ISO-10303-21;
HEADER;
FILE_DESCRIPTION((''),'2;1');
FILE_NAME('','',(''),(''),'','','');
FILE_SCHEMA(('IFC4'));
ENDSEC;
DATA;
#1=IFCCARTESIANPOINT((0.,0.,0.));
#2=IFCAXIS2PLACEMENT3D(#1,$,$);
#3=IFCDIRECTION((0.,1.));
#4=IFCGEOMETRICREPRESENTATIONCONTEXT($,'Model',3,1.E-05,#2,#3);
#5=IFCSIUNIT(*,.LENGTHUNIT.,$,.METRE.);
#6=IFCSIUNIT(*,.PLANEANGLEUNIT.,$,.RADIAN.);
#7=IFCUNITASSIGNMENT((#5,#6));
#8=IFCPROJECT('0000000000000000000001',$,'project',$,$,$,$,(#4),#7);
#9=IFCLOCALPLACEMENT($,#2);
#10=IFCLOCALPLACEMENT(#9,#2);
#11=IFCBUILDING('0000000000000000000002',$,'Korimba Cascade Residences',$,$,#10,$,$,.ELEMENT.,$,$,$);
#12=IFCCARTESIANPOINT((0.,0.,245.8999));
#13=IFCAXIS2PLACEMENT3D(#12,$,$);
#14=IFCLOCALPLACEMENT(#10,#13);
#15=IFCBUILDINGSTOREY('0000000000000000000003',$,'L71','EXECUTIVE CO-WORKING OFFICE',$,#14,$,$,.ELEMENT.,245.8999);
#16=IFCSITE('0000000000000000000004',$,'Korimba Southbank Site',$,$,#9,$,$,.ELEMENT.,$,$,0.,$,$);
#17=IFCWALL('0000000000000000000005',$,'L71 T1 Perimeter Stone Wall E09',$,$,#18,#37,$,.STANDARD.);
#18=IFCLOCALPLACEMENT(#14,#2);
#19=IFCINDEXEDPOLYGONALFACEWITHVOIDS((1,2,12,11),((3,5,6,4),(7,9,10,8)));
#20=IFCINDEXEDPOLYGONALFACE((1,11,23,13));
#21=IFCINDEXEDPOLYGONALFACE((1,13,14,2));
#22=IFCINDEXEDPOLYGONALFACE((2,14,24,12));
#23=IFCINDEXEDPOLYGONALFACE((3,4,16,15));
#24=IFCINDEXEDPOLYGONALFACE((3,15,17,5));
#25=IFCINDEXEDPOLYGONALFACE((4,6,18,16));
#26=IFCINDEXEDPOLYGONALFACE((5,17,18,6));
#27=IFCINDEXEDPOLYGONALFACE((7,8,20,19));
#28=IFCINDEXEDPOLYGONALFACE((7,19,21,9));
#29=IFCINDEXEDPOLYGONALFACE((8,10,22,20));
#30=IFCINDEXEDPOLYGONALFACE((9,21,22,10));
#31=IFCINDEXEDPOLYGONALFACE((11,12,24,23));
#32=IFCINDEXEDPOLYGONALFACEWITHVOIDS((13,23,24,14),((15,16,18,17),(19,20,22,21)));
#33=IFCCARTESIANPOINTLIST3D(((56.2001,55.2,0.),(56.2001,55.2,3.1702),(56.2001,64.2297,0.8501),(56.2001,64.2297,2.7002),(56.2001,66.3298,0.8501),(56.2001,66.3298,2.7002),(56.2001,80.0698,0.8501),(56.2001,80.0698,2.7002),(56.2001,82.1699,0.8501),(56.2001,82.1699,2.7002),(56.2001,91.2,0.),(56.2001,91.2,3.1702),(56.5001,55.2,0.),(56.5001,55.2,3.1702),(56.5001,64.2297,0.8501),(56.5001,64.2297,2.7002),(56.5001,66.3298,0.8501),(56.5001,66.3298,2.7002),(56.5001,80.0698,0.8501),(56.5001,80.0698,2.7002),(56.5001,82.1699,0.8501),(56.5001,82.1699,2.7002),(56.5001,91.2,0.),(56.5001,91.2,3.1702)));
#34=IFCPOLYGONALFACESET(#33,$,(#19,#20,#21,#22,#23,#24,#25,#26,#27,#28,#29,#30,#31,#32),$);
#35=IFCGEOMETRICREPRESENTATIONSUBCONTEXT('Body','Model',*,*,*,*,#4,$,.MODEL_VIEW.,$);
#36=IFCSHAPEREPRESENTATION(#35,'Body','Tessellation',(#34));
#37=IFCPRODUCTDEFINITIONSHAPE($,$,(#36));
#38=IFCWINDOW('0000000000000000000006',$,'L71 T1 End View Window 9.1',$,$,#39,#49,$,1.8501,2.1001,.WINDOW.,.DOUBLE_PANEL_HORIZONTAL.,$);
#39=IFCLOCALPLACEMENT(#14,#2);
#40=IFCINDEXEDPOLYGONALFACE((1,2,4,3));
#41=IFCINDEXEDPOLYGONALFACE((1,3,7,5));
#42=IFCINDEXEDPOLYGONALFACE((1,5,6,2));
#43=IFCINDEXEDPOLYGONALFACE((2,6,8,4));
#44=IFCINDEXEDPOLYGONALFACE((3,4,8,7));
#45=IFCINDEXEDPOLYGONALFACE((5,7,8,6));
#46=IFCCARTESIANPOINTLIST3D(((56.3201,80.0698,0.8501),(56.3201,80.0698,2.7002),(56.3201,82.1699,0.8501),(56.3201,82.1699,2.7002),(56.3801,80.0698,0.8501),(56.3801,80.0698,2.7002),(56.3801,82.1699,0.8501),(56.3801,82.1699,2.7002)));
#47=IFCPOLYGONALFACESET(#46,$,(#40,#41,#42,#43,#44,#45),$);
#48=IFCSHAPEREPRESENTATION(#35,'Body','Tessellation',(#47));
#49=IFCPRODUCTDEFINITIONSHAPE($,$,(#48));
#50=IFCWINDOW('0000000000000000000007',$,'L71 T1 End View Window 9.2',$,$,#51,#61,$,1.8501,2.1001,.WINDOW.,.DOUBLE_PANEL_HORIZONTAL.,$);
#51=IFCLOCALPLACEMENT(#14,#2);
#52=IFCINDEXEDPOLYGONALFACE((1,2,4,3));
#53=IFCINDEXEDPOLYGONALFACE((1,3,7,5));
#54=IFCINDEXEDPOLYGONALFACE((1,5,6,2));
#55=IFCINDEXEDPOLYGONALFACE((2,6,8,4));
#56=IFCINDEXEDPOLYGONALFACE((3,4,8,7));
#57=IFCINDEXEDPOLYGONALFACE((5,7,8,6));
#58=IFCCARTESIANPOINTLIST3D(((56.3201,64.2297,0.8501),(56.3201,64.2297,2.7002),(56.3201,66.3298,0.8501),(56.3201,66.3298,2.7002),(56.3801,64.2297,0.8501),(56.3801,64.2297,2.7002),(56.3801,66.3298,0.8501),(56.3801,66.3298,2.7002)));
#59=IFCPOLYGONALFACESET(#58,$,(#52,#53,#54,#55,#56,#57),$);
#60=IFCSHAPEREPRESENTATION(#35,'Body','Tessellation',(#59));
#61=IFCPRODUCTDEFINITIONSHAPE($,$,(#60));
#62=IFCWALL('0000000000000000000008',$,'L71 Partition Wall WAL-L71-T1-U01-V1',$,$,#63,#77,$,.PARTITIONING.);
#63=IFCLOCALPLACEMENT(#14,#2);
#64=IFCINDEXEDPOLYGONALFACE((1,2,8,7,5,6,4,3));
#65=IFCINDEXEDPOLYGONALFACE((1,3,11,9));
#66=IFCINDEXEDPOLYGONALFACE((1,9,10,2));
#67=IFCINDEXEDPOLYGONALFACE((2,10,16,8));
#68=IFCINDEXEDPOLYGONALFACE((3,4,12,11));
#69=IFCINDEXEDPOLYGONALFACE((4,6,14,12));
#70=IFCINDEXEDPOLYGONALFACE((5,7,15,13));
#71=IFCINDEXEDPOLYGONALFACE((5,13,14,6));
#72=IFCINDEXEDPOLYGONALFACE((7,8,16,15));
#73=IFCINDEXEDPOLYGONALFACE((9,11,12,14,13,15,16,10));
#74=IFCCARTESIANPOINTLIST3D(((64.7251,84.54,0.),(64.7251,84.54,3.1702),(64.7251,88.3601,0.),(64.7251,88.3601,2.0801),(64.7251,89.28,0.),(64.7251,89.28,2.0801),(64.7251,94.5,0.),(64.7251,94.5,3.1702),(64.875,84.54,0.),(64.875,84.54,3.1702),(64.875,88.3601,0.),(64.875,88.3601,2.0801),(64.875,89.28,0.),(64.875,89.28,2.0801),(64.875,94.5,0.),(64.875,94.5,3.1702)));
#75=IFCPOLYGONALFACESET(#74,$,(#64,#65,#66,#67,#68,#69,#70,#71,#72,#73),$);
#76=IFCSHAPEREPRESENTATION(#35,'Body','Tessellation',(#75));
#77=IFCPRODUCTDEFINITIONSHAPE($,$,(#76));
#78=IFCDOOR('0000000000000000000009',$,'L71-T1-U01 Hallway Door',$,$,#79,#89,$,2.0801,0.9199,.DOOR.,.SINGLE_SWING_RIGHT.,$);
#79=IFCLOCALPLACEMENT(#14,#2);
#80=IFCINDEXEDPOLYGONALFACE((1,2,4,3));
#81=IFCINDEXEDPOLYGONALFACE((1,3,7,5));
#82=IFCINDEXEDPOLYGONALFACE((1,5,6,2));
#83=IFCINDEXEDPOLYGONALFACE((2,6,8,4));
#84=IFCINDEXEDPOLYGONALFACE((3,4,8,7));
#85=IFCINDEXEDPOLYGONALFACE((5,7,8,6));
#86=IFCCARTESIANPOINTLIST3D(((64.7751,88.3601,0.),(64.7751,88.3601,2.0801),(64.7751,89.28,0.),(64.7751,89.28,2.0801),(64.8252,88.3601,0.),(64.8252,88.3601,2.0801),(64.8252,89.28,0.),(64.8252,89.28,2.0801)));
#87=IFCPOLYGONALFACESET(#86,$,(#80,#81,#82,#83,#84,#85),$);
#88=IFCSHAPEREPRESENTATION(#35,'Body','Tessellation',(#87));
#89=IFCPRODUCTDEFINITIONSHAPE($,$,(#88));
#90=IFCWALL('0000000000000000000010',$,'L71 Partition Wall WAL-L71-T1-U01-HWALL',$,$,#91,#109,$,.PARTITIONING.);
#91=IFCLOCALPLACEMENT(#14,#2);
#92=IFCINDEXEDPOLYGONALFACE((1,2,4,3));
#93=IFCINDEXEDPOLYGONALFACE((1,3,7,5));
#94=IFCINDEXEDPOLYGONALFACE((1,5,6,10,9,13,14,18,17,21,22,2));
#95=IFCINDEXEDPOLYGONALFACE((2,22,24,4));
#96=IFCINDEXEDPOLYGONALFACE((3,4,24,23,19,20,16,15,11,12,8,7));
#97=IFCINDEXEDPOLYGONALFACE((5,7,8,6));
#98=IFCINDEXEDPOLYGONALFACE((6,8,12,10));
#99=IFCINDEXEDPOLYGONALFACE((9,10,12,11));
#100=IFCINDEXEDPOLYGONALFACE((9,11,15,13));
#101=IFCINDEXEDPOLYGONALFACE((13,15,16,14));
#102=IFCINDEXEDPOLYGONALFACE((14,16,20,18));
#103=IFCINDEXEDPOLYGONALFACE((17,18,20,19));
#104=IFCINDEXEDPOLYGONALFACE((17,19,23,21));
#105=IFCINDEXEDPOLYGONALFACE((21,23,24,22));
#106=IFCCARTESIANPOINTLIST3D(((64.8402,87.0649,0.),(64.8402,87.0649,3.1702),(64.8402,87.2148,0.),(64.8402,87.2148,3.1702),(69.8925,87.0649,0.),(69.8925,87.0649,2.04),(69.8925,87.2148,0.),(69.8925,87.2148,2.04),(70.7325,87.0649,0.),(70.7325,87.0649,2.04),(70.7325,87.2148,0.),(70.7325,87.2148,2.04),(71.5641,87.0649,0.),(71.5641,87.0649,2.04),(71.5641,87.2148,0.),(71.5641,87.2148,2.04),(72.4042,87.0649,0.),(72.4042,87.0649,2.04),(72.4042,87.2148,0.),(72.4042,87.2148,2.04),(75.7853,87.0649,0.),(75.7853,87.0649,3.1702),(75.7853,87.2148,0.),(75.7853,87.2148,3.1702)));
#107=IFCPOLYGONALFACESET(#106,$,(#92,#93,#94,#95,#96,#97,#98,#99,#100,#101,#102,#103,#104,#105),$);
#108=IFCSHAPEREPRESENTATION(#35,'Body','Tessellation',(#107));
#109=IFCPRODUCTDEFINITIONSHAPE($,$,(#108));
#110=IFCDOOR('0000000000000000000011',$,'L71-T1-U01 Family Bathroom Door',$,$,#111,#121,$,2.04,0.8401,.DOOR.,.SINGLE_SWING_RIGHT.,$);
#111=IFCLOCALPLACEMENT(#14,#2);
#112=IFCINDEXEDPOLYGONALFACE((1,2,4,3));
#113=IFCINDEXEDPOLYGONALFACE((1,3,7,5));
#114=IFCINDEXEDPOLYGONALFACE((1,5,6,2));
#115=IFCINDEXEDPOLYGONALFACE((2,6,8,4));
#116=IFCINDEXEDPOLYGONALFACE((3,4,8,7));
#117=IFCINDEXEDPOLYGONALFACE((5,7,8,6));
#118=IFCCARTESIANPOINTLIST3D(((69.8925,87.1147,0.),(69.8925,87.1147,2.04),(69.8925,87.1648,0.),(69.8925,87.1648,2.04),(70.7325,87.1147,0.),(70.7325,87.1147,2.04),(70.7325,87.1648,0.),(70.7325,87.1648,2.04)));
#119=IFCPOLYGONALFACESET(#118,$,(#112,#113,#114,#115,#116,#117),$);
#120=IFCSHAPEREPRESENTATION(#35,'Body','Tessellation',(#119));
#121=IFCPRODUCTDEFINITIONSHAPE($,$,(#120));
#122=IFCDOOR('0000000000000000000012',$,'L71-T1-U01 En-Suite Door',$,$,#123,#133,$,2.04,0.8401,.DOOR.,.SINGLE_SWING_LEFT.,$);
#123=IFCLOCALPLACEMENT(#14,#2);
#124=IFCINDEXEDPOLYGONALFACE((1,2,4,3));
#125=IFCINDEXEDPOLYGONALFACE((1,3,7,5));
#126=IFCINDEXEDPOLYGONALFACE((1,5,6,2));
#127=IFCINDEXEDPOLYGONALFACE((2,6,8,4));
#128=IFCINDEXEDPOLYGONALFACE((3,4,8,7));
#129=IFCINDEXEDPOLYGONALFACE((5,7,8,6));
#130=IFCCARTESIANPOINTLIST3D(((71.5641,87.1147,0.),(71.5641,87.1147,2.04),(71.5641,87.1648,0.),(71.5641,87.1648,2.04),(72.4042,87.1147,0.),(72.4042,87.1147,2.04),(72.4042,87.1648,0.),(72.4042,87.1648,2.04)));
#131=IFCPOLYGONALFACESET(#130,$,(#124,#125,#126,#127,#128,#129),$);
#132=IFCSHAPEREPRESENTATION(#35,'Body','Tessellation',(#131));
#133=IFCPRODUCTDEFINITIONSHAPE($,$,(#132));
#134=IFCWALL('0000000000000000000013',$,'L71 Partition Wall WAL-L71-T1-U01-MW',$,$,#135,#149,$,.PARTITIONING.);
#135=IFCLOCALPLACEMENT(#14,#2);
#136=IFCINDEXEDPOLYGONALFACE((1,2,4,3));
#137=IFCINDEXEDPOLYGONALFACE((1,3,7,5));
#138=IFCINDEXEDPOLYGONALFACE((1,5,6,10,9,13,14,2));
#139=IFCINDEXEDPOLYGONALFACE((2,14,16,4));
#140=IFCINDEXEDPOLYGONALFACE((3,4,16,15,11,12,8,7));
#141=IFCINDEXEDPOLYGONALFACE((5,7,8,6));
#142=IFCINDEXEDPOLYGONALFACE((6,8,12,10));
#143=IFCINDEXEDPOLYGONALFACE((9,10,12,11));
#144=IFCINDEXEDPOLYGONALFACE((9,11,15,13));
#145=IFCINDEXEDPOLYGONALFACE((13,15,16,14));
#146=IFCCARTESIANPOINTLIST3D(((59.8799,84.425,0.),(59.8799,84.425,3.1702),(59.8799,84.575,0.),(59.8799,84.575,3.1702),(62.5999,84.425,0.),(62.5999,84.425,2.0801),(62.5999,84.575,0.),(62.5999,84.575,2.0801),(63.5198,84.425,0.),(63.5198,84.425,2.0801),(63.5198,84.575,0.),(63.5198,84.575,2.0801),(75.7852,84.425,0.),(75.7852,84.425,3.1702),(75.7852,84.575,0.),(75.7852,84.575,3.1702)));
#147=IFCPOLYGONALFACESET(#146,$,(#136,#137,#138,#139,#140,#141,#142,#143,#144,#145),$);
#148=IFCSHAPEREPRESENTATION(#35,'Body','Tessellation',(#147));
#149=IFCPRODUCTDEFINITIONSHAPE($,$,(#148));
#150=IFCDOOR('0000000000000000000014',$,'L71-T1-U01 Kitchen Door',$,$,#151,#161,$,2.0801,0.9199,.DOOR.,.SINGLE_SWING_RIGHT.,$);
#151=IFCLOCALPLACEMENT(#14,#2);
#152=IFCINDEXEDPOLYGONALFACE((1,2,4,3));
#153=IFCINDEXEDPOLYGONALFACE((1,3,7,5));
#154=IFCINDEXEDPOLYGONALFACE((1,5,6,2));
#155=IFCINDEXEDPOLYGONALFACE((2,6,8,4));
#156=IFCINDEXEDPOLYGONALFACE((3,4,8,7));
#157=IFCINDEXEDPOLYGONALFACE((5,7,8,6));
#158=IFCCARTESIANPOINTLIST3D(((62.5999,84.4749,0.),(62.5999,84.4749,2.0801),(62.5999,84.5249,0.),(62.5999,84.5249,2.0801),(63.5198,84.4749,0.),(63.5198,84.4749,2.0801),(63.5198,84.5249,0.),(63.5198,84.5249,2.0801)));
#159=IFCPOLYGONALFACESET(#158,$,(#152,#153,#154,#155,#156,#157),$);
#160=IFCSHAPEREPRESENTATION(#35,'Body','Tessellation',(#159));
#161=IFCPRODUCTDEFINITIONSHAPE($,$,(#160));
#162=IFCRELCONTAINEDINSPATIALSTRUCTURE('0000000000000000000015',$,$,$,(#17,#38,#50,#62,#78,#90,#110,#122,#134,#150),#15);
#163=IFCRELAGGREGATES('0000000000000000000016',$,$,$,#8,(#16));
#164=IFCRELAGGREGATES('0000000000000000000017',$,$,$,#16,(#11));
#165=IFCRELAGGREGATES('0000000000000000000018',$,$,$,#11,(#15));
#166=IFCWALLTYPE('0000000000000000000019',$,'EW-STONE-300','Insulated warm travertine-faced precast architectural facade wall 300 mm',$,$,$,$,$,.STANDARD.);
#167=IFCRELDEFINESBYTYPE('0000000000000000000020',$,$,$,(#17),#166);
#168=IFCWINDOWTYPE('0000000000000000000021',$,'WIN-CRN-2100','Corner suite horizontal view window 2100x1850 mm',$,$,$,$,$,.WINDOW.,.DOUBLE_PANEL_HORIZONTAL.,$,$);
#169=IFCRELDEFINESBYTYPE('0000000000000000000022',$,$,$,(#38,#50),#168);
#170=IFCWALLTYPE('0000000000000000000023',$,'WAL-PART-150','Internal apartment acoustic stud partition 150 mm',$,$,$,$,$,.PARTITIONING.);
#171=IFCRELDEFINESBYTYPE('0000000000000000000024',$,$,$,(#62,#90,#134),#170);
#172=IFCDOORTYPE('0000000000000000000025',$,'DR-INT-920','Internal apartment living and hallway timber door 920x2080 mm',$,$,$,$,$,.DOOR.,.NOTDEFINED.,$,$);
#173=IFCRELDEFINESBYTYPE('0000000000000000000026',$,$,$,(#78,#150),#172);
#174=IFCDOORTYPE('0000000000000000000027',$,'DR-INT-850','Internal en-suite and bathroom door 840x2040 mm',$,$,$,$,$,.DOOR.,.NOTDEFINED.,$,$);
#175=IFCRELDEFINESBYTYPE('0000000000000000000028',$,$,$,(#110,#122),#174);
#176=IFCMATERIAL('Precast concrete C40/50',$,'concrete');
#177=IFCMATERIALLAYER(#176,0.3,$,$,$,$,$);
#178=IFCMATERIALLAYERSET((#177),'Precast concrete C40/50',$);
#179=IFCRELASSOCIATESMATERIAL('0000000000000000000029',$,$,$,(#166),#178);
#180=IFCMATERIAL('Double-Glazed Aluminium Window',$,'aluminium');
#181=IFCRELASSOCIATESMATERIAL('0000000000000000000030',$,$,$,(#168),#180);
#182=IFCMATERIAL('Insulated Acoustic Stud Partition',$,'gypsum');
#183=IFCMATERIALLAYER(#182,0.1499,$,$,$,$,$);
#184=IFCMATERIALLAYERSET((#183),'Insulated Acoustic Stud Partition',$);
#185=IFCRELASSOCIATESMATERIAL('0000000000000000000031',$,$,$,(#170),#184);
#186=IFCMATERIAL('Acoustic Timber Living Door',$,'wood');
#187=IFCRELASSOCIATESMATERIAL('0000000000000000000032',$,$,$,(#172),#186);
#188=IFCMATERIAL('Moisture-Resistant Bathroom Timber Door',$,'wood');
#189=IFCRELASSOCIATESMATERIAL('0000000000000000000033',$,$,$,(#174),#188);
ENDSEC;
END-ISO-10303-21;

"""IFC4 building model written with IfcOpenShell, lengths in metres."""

from ifc_helpers import new_model, si_unit, direction, frame, frame_2d, origin, place, context, subcontext, project, spatial, rectangle, extrude, material, layer, layer_set, type_object, element, fill, save


model = new_model("IFC4")

# Units and contexts
model_context = context("Model", 3, precision=1e-05, world=origin(), true_north=direction((0.0, 1.0)))
body_context = subcontext(model_context, "Body", "Model", "MODEL_VIEW")
ifc_project = project(units=[si_unit("LENGTHUNIT", "METRE"), si_unit("PLANEANGLEUNIT", "RADIAN")], contexts=[model_context])

# Site, building, storey
site_placement = place(None, origin())
site = spatial("IfcSite", under=ifc_project, at=site_placement, Name="Korimba Southbank Site", CompositionType="ELEMENT", RefElevation=0.0)
building_placement = place(site_placement, origin())
building = spatial("IfcBuilding", under=site, at=building_placement, Name="Korimba Cascade Residences", CompositionType="ELEMENT")
storey_placement = place(building_placement, frame((0.0, 0.0, 245.8999)))
storey = spatial("IfcBuildingStorey", under=building, at=storey_placement, Name="L71", Description="EXECUTIVE CO-WORKING OFFICE", CompositionType="ELEMENT", Elevation=245.8999)

# Shared definitions
ifc_material_1 = material(Name="Precast concrete C40/50", Category="concrete")
ifc_layer_1 = layer(ifc_material_1, 0.3)
ifc_layer_set_1 = layer_set([ifc_layer_1], Name="Precast concrete C40/50")
wall_type_1 = type_object("IfcWallType", Name="EW-STONE-300", Description="Insulated warm travertine-faced precast architectural facade wall 300 mm", PredefinedType="STANDARD", material=ifc_layer_set_1)

# Wall, openings, windows
wall_1_placement = place(storey_placement, frame((56.3501, 91.2, 0.0), z_axis=(0.0, 0.0, 1.0), x_axis=(0.0, -1.0, 0.0)))
wall_1 = element("IfcWall", 1, at=wall_1_placement, inside=storey, type_object=wall_type_1, Name="L71 T1 Perimeter Stone Wall E09", PredefinedType="STANDARD", context=body_context, shape_type="SweptSolid", body=[
    extrude(rectangle(XDim=36.0, YDim=0.3, at=frame_2d((18.0, 0.0))), origin(), (0.0, 0.0, 1.0), 3.1702),
])
opening_1_placement = place(wall_1_placement, frame((9.03, 0.0, 0.8501)))
opening_1 = element("IfcOpeningElement", 2, at=opening_1_placement, cuts=wall_1, PredefinedType="OPENING", context=body_context, shape_type="SweptSolid", body=[
    extrude(rectangle(XDim=2.1001, YDim=1.8501, at=frame_2d((1.05, 0.925))), frame((0.0, 0.1602, 0.0), z_axis=(0.0, -1.0, 0.0), x_axis=(1.0, 0.0, 0.0)), (0.0, 0.0, 1.0), 0.3201),
])
opening_2_placement = place(wall_1_placement, frame((24.8701, 0.0, 0.8501)))
opening_2 = element("IfcOpeningElement", 3, at=opening_2_placement, cuts=wall_1, PredefinedType="OPENING", context=body_context, shape_type="SweptSolid", body=[
    extrude(rectangle(XDim=2.1001, YDim=1.8501, at=frame_2d((1.05, 0.925))), frame((0.0, 0.1602, 0.0), z_axis=(0.0, -1.0, 0.0), x_axis=(1.0, 0.0, 0.0)), (0.0, 0.0, 1.0), 0.3201),
])
ifc_material_2 = material(Name="Double-Glazed Aluminium Window", Category="aluminium")
window_type = type_object("IfcWindowType", Name="WIN-CRN-2100", Description="Corner suite horizontal view window 2100x1850 mm", PartitioningType="DOUBLE_PANEL_HORIZONTAL", PredefinedType="WINDOW", material=ifc_material_2)
window_1_placement = place(opening_1_placement, origin())
window_1 = element("IfcWindow", 4, at=window_1_placement, inside=storey, type_object=window_type, Name="L71 T1 End View Window 9.1", OverallHeight=1.8501, OverallWidth=2.1001, PartitioningType="DOUBLE_PANEL_HORIZONTAL", PredefinedType="WINDOW", context=body_context, shape_type="SweptSolid", body=[
    extrude(rectangle(XDim=2.1001, YDim=1.8501, at=frame_2d((1.05, 0.925))), frame((0.0, 0.03, 0.0), z_axis=(0.0, -1.0, 0.0), x_axis=(1.0, 0.0, 0.0)), (0.0, 0.0, 1.0), 0.0601),
])
fill(opening_1, window_1)
window_2_placement = place(opening_2_placement, origin())
window_2 = element("IfcWindow", 5, at=window_2_placement, inside=storey, type_object=window_type, Name="L71 T1 End View Window 9.2", OverallHeight=1.8501, OverallWidth=2.1001, PartitioningType="DOUBLE_PANEL_HORIZONTAL", PredefinedType="WINDOW", context=body_context, shape_type="SweptSolid", body=[
    extrude(rectangle(XDim=2.1001, YDim=1.8501, at=frame_2d((1.05, 0.925))), frame((0.0, 0.03, 0.0), z_axis=(0.0, -1.0, 0.0), x_axis=(1.0, 0.0, 0.0)), (0.0, 0.0, 1.0), 0.0601),
])
fill(opening_2, window_2)

# Wall, opening, door
ifc_material_3 = material(Name="Insulated Acoustic Stud Partition", Category="gypsum")
ifc_layer_2 = layer(ifc_material_3, 0.1499)
ifc_layer_set_2 = layer_set([ifc_layer_2], Name="Insulated Acoustic Stud Partition")
wall_type_2 = type_object("IfcWallType", Name="WAL-PART-150", Description="Internal apartment acoustic stud partition 150 mm", PredefinedType="PARTITIONING", material=ifc_layer_set_2)
wall_2_placement = place(storey_placement, frame((64.8, 84.54, 0.0), z_axis=(0.0, 0.0, 1.0), x_axis=(0.0, 1.0, 0.0)))
wall_2 = element("IfcWall", 6, at=wall_2_placement, inside=storey, type_object=wall_type_2, Name="L71 Partition Wall WAL-L71-T1-U01-V1", PredefinedType="PARTITIONING", context=body_context, shape_type="SweptSolid", body=[
    extrude(rectangle(XDim=9.96, YDim=0.1499, at=frame_2d((4.98, 0.0))), origin(), (0.0, 0.0, 1.0), 3.1702),
])
opening_3_placement = place(wall_2_placement, frame((3.8201, 0.0, 0.0)))
opening_3 = element("IfcOpeningElement", 7, at=opening_3_placement, cuts=wall_2, PredefinedType="OPENING", context=body_context, shape_type="SweptSolid", body=[
    extrude(rectangle(XDim=0.9199, YDim=2.0801, at=frame_2d((0.46, 1.04))), frame((0.0, 0.085, 0.0), z_axis=(0.0, -1.0, 0.0), x_axis=(1.0, 0.0, 0.0)), (0.0, 0.0, 1.0), 0.1699),
])
ifc_material_4 = material(Name="Acoustic Timber Living Door", Category="wood")
door_type_1 = type_object("IfcDoorType", Name="DR-INT-920", Description="Internal apartment living and hallway timber door 920x2080 mm", OperationType="NOTDEFINED", PredefinedType="DOOR", material=ifc_material_4)
door_1_placement = place(opening_3_placement, origin())
door_1 = element("IfcDoor", 8, at=door_1_placement, inside=storey, type_object=door_type_1, Name="L71-T1-U01 Hallway Door", OperationType="SINGLE_SWING_RIGHT", OverallHeight=2.0801, OverallWidth=0.9199, PredefinedType="DOOR", context=body_context, shape_type="SweptSolid", body=[
    extrude(rectangle(XDim=0.9199, YDim=2.0801, at=frame_2d((0.46, 1.04))), frame((0.0, 0.0249, 0.0), z_axis=(0.0, -1.0, 0.0), x_axis=(1.0, 0.0, 0.0)), (0.0, 0.0, 1.0), 0.05),
])
fill(opening_3, door_1)

# Wall, openings, doors
wall_3_placement = place(storey_placement, frame((64.8401, 87.1399, 0.0), z_axis=(0.0, 0.0, 1.0), x_axis=(1.0, 0.0, 0.0)))
wall_3 = element("IfcWall", 9, at=wall_3_placement, inside=storey, type_object=wall_type_2, Name="L71 Partition Wall WAL-L71-T1-U01-HWALL", PredefinedType="PARTITIONING", context=body_context, shape_type="SweptSolid", body=[
    extrude(rectangle(XDim=10.9451, YDim=0.1499, at=frame_2d((5.4727, 0.0))), origin(), (0.0, 0.0, 1.0), 3.1702),
])
opening_4_placement = place(wall_3_placement, frame((5.0525, 0.0, 0.0)))
opening_4 = element("IfcOpeningElement", 10, at=opening_4_placement, cuts=wall_3, PredefinedType="OPENING", context=body_context, shape_type="SweptSolid", body=[
    extrude(rectangle(XDim=0.8401, YDim=2.04, at=frame_2d((0.4199, 1.02))), frame((0.0, 0.085, 0.0), z_axis=(0.0, -1.0, 0.0), x_axis=(1.0, 0.0, 0.0)), (0.0, 0.0, 1.0), 0.1699),
])
opening_5_placement = place(wall_3_placement, frame((6.7241, 0.0, 0.0)))
opening_5 = element("IfcOpeningElement", 11, at=opening_5_placement, cuts=wall_3, PredefinedType="OPENING", context=body_context, shape_type="SweptSolid", body=[
    extrude(rectangle(XDim=0.8401, YDim=2.04, at=frame_2d((0.4199, 1.02))), frame((0.0, 0.085, 0.0), z_axis=(0.0, -1.0, 0.0), x_axis=(1.0, 0.0, 0.0)), (0.0, 0.0, 1.0), 0.1699),
])
ifc_material_5 = material(Name="Moisture-Resistant Bathroom Timber Door", Category="wood")
door_type_2 = type_object("IfcDoorType", Name="DR-INT-850", Description="Internal en-suite and bathroom door 840x2040 mm", OperationType="NOTDEFINED", PredefinedType="DOOR", material=ifc_material_5)
door_2_placement = place(opening_4_placement, origin())
door_2 = element("IfcDoor", 12, at=door_2_placement, inside=storey, type_object=door_type_2, Name="L71-T1-U01 Family Bathroom Door", OperationType="SINGLE_SWING_RIGHT", OverallHeight=2.04, OverallWidth=0.8401, PredefinedType="DOOR", context=body_context, shape_type="SweptSolid", body=[
    extrude(rectangle(XDim=0.8401, YDim=2.04, at=frame_2d((0.4199, 1.02))), frame((0.0, 0.0249, 0.0), z_axis=(0.0, -1.0, 0.0), x_axis=(1.0, 0.0, 0.0)), (0.0, 0.0, 1.0), 0.05),
])
fill(opening_4, door_2)
door_3_placement = place(opening_5_placement, origin())
door_3 = element("IfcDoor", 13, at=door_3_placement, inside=storey, type_object=door_type_2, Name="L71-T1-U01 En-Suite Door", OperationType="SINGLE_SWING_LEFT", OverallHeight=2.04, OverallWidth=0.8401, PredefinedType="DOOR", context=body_context, shape_type="SweptSolid", body=[
    extrude(rectangle(XDim=0.8401, YDim=2.04, at=frame_2d((0.4199, 1.02))), frame((0.0, 0.0249, 0.0), z_axis=(0.0, -1.0, 0.0), x_axis=(1.0, 0.0, 0.0)), (0.0, 0.0, 1.0), 0.05),
])
fill(opening_5, door_3)

# Wall, opening, door
wall_4_placement = place(storey_placement, frame((59.8799, 84.5, 0.0), z_axis=(0.0, 0.0, 1.0), x_axis=(1.0, 0.0, 0.0)))
wall_4 = element("IfcWall", 14, at=wall_4_placement, inside=storey, type_object=wall_type_2, Name="L71 Partition Wall WAL-L71-T1-U01-MW", PredefinedType="PARTITIONING", context=body_context, shape_type="SweptSolid", body=[
    extrude(rectangle(XDim=15.9053, YDim=0.1499, at=frame_2d((7.9526, 0.0))), origin(), (0.0, 0.0, 1.0), 3.1702),
])
opening_6_placement = place(wall_4_placement, frame((2.72, 0.0, 0.0)))
opening_6 = element("IfcOpeningElement", 15, at=opening_6_placement, cuts=wall_4, PredefinedType="OPENING", context=body_context, shape_type="SweptSolid", body=[
    extrude(rectangle(XDim=0.9199, YDim=2.0801, at=frame_2d((0.46, 1.04))), frame((0.0, 0.085, 0.0), z_axis=(0.0, -1.0, 0.0), x_axis=(1.0, 0.0, 0.0)), (0.0, 0.0, 1.0), 0.1699),
])
door_4_placement = place(opening_6_placement, origin())
door_4 = element("IfcDoor", 16, at=door_4_placement, inside=storey, type_object=door_type_1, Name="L71-T1-U01 Kitchen Door", OperationType="SINGLE_SWING_RIGHT", OverallHeight=2.0801, OverallWidth=0.9199, PredefinedType="DOOR", context=body_context, shape_type="SweptSolid", body=[
    extrude(rectangle(XDim=0.9199, YDim=2.0801, at=frame_2d((0.46, 1.04))), frame((0.0, 0.0249, 0.0), z_axis=(0.0, -1.0, 0.0), x_axis=(1.0, 0.0, 0.0)), (0.0, 0.0, 1.0), 0.05),
])
fill(opening_6, door_4)

save(model, "model.ifc")
